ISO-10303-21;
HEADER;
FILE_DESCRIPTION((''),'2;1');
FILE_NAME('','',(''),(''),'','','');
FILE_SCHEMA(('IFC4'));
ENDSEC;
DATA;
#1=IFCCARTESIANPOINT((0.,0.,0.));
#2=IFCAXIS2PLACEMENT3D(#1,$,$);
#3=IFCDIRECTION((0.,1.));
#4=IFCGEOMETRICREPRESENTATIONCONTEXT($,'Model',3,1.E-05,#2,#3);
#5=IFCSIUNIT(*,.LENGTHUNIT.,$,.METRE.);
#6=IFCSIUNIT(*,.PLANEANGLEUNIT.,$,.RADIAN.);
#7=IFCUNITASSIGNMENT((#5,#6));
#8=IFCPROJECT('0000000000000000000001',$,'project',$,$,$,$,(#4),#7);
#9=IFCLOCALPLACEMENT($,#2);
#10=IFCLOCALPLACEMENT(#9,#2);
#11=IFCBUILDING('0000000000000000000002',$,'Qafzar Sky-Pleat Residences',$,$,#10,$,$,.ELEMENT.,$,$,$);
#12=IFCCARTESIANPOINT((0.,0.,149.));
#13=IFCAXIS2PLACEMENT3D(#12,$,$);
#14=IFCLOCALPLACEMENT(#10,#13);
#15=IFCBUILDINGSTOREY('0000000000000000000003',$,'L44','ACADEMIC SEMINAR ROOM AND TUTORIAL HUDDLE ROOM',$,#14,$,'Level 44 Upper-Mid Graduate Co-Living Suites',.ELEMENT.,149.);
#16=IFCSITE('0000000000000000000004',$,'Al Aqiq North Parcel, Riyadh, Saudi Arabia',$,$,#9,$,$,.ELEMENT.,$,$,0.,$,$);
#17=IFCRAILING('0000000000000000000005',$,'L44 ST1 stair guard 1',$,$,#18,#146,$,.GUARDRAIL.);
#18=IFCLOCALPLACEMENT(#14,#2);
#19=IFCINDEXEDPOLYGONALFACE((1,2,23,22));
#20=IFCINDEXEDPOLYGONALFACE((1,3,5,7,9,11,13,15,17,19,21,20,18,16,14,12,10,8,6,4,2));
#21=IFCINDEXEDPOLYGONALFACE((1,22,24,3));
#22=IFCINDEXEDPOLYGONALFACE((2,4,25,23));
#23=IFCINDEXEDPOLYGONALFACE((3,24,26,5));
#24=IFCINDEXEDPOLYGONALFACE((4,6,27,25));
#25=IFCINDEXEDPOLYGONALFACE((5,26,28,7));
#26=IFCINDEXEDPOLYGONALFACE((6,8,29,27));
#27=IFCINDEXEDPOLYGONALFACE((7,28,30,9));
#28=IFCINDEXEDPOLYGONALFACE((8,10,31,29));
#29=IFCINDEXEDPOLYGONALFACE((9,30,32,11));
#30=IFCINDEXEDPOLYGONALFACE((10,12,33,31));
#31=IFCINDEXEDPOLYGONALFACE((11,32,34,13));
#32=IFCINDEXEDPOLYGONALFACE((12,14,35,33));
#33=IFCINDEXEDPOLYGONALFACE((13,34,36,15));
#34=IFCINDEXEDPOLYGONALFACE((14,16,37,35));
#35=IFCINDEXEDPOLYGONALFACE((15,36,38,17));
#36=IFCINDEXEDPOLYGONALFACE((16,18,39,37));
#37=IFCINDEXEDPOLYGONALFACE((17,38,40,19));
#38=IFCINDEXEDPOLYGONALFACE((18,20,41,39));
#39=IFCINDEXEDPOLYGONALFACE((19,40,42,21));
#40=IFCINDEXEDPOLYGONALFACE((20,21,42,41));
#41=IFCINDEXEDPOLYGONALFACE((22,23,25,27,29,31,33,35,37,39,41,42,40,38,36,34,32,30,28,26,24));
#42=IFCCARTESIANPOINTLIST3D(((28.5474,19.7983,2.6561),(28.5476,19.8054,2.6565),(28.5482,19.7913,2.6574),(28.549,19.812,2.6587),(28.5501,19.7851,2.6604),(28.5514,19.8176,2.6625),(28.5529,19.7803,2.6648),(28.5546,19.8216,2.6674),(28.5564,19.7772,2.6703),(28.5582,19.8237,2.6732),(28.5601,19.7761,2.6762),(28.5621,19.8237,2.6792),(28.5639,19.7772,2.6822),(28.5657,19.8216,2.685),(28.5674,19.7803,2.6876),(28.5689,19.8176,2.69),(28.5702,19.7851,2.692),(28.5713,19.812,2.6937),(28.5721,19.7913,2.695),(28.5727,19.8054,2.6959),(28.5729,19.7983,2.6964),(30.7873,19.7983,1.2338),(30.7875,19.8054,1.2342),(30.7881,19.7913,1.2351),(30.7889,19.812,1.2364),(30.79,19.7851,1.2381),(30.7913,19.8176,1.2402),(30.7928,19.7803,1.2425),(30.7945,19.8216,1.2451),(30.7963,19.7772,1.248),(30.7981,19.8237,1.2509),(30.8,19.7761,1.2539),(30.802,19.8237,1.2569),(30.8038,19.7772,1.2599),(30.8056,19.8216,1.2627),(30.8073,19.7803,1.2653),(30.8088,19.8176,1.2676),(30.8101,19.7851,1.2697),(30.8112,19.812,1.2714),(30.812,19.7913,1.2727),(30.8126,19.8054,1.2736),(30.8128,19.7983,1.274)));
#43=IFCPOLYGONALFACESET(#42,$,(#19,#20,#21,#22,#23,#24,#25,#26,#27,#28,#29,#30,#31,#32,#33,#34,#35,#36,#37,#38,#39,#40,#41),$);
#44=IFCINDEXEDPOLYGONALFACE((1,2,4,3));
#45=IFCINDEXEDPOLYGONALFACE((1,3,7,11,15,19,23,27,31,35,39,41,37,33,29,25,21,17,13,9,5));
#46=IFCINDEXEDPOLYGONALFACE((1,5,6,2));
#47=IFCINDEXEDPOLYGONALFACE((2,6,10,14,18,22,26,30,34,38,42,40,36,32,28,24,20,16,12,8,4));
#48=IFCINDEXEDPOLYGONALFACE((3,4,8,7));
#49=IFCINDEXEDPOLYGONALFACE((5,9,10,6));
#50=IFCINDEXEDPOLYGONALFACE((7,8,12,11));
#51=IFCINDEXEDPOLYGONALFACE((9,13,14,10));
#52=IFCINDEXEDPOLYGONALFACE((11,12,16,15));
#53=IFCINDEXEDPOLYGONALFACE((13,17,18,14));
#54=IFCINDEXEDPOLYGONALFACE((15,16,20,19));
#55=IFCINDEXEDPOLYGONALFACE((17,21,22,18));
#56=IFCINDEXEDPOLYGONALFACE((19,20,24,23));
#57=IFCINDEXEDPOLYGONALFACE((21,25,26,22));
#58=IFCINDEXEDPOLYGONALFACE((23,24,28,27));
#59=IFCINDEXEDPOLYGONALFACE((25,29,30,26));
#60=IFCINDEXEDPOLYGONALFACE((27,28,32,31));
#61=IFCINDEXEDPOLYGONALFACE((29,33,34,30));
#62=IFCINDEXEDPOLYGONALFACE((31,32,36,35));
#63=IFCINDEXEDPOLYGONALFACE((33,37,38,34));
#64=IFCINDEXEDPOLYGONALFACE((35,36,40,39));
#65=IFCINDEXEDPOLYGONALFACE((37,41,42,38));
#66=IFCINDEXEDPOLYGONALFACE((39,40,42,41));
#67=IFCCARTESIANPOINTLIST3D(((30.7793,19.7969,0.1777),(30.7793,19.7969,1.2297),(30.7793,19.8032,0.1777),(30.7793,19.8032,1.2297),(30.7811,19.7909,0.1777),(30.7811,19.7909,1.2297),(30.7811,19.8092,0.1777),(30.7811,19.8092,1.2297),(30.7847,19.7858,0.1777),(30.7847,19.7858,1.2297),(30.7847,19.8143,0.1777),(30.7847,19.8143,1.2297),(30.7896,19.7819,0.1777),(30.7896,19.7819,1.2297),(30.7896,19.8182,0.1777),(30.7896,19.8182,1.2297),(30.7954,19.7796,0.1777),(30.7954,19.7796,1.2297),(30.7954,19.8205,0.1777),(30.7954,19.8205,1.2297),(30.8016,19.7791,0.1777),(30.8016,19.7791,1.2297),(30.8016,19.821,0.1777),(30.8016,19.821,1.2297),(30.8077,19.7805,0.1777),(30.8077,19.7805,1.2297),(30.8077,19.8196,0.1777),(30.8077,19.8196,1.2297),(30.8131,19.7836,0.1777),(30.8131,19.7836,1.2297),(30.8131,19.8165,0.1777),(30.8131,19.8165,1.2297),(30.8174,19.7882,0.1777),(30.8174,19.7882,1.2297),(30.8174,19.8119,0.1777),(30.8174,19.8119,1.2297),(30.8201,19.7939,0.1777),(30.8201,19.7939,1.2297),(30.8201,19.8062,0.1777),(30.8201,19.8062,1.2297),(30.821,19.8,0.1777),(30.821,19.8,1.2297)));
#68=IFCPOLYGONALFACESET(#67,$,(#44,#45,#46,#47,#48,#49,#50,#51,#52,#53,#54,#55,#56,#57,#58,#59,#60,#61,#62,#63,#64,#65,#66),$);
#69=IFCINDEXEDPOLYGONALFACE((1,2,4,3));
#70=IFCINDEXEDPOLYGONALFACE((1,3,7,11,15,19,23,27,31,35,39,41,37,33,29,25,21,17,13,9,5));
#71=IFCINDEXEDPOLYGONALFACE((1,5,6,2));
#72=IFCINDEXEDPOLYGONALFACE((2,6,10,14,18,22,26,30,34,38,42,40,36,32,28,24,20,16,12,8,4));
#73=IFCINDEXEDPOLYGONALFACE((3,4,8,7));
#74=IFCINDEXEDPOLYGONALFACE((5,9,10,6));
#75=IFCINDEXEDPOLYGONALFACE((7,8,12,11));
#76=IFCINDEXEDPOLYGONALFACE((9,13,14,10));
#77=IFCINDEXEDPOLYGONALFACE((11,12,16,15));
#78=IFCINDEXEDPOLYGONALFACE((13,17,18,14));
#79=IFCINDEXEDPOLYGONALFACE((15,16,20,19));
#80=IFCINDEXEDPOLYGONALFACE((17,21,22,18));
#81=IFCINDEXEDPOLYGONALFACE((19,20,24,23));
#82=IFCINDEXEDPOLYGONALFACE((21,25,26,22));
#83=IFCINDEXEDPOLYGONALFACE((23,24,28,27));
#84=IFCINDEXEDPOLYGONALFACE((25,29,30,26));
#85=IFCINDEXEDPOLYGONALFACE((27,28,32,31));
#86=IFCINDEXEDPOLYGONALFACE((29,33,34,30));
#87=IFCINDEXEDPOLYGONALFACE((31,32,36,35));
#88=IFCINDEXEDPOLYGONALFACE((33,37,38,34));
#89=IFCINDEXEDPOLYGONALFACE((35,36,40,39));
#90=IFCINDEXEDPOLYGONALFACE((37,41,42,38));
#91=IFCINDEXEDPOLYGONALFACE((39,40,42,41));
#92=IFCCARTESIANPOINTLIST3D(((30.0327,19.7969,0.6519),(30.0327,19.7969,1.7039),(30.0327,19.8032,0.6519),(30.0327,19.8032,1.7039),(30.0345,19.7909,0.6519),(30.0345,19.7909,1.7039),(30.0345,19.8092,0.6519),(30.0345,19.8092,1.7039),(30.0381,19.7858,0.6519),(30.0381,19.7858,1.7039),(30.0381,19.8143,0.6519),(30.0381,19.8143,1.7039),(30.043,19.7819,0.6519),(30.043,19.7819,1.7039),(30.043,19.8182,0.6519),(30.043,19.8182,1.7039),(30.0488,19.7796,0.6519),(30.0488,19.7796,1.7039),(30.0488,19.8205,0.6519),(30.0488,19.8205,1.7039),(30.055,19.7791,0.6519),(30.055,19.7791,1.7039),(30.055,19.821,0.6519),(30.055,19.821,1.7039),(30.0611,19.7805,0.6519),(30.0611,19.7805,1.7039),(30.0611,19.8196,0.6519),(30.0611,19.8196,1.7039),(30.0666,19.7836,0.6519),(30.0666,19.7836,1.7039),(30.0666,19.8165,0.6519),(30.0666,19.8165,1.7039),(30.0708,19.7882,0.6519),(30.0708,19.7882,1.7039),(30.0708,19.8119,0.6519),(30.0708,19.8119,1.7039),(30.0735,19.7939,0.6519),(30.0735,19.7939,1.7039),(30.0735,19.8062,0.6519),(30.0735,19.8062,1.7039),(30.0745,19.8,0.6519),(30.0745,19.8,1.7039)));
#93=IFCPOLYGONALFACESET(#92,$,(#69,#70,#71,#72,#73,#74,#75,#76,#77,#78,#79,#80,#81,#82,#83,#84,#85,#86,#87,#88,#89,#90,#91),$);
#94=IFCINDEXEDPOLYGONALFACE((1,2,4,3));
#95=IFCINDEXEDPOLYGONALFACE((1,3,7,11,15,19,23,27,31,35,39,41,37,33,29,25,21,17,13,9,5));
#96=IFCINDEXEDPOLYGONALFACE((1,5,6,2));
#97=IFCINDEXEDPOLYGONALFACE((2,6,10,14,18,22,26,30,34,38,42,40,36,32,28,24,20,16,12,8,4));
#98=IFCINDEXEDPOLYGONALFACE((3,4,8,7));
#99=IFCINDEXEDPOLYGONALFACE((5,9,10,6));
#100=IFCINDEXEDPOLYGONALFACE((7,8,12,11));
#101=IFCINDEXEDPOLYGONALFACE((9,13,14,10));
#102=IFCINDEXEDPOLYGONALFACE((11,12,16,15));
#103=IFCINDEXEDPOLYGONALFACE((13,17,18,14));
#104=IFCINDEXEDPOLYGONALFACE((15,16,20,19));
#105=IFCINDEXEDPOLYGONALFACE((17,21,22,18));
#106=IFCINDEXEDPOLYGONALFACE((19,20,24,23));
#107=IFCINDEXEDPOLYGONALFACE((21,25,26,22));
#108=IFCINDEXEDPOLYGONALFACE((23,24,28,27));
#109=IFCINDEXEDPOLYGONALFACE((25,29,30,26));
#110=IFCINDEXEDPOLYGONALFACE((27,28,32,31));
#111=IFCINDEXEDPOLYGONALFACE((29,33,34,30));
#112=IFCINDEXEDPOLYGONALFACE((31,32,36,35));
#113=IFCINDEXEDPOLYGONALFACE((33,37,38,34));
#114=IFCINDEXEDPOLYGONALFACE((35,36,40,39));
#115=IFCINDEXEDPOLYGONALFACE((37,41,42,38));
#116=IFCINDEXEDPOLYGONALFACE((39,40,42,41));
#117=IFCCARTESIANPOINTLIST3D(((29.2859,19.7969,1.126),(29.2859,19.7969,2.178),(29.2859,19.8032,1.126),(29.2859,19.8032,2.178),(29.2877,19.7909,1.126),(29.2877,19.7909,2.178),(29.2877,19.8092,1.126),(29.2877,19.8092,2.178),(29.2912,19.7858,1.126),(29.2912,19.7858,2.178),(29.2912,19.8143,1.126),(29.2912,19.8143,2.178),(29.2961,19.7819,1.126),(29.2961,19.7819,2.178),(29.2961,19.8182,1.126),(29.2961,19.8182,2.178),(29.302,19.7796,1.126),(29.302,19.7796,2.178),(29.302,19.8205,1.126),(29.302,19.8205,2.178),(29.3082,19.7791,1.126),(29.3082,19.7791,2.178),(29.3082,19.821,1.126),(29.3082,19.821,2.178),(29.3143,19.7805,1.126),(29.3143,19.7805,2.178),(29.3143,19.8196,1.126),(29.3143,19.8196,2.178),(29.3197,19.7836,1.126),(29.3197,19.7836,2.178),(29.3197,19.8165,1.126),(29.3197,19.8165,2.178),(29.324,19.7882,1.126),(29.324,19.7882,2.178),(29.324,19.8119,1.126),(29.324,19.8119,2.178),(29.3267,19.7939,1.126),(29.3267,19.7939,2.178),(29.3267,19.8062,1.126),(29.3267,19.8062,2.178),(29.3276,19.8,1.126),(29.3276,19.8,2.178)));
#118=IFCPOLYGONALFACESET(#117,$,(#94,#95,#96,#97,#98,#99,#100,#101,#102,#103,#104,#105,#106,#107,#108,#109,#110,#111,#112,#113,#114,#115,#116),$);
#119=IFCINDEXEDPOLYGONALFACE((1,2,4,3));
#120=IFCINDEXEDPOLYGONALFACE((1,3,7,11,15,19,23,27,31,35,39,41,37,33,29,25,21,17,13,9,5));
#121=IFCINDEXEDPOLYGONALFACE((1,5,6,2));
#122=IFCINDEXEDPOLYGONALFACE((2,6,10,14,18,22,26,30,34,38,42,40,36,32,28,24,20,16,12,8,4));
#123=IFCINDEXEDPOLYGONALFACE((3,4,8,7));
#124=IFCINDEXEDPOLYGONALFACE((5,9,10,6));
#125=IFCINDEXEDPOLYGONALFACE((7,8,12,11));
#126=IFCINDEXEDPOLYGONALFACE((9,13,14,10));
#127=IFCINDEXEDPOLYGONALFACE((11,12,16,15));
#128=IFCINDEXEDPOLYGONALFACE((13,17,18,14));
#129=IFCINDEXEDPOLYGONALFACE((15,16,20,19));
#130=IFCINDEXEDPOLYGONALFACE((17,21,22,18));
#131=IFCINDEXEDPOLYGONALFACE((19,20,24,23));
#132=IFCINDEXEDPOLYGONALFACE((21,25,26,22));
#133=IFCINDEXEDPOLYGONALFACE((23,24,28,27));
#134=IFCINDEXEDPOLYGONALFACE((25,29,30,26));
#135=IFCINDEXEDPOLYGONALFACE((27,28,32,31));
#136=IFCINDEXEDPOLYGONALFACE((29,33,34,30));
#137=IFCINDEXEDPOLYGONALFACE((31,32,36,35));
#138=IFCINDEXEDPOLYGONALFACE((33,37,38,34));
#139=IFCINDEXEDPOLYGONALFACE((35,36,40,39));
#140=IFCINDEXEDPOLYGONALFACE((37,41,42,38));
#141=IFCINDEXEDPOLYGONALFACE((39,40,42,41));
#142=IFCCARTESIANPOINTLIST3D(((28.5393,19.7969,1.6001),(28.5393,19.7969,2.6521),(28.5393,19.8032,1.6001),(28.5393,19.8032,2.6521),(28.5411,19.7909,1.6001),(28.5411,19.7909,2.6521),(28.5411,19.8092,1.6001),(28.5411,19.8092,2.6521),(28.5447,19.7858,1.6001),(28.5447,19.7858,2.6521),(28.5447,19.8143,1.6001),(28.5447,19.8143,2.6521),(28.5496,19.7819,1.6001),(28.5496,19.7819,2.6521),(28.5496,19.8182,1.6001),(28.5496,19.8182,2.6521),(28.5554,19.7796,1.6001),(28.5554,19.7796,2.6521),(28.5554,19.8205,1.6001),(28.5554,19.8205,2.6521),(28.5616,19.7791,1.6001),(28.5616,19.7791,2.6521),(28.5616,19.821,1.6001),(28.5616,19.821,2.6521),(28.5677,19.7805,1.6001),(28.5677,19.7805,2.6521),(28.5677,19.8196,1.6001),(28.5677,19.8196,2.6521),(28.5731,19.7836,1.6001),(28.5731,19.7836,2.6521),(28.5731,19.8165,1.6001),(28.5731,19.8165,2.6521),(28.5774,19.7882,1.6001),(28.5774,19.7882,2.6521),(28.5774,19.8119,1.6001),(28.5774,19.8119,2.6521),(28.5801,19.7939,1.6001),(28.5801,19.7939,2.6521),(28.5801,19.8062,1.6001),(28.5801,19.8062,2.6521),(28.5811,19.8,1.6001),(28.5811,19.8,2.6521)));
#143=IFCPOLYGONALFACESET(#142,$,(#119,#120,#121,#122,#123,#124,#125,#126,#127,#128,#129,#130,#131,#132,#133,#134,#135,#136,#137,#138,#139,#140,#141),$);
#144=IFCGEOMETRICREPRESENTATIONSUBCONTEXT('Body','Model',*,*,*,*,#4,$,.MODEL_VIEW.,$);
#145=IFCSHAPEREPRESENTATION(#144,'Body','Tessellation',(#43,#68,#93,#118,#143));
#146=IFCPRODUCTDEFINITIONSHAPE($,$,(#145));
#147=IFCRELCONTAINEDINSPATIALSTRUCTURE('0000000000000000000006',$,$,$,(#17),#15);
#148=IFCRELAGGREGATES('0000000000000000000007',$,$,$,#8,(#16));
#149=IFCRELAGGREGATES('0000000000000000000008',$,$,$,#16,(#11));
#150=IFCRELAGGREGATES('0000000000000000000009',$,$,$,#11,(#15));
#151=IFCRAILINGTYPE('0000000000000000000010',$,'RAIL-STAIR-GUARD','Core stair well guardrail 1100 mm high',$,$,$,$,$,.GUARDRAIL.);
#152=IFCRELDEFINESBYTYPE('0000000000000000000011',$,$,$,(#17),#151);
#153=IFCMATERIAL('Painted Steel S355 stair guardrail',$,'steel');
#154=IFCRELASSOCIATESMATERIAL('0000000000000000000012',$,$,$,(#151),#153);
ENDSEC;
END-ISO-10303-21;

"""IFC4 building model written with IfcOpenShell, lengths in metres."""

from ifc_helpers import new_model, si_unit, direction, frame, origin, origin_2d, place, context, subcontext, project, spatial, circle, extrude, source, transform, mapped, material, type_object, element, save


model = new_model("IFC4")

# Units and contexts
model_context = context("Model", 3, precision=1e-05, world=origin(), true_north=direction((0.0, 1.0)))
body_context = subcontext(model_context, "Body", "Model", "MODEL_VIEW")
ifc_project = project(units=[si_unit("LENGTHUNIT", "METRE"), si_unit("PLANEANGLEUNIT", "RADIAN")], contexts=[model_context])

# Site, building, storey
site_placement = place(None, origin())
site = spatial("IfcSite", under=ifc_project, at=site_placement, Name="Al Aqiq North Parcel, Riyadh, Saudi Arabia", CompositionType="ELEMENT", RefElevation=0.0)
building_placement = place(site_placement, origin())
building = spatial("IfcBuilding", under=site, at=building_placement, Name="Qafzar Sky-Pleat Residences", CompositionType="ELEMENT")
storey_placement = place(building_placement, frame((0.0, 0.0, 149.0)))
storey = spatial("IfcBuildingStorey", under=building, at=storey_placement, Name="L44", Description="ACADEMIC SEMINAR ROOM AND TUTORIAL HUDDLE ROOM", LongName="Level 44 Upper-Mid Graduate Co-Living Suites", CompositionType="ELEMENT", Elevation=149.0)

# Railing
ifc_material_1 = material(Name="Painted Steel S355 stair guardrail", Category="steel")
railing_type_1 = type_object("IfcRailingType", Name="RAIL-STAIR-GUARD", Description="Core stair well guardrail 1100 mm high", PredefinedType="GUARDRAIL", material=ifc_material_1)
shared_shape_1 = source(origin(), body_context, "Body", "SweptSolid", [
    extrude(circle(Radius=0.0239, at=origin_2d()), frame((0.0, 0.0, 1.0762), z_axis=(-0.844188, 0.0, 0.536048), x_axis=(0.0, -1.0, 0.0)), (0.0, 0.0, 1.0), 2.6533),
    extrude(circle(Radius=0.021, at=origin_2d()), origin(), (0.0, 0.0, 1.0), 1.052),
    extrude(circle(Radius=0.021, at=origin_2d()), frame((-0.7466, 0.0, 0.4741)), (0.0, 0.0, 1.0), 1.052),
    extrude(circle(Radius=0.021, at=origin_2d()), frame((-1.4934, 0.0, 0.9482)), (0.0, 0.0, 1.0), 1.052),
    extrude(circle(Radius=0.021, at=origin_2d()), frame((-2.24, 0.0, 1.4224)), (0.0, 0.0, 1.0), 1.052),
])
railing_1_placement = place(storey_placement, frame((30.8, 19.8, 0.1777)))
element("IfcRailing", 1, at=railing_1_placement, inside=storey, type_object=railing_type_1, Name="L44 ST1 stair guard 1", PredefinedType="GUARDRAIL", context=body_context, shape_type="MappedRepresentation", body=[
    mapped(shared_shape_1, transform((0.0, 0.0, 0.0), x_axis=(1.0, 0.0, 0.0), y_axis=(0.0, 1.0, 0.0), z_axis=(0.0, 0.0, 1.0), scale=1.0)),
])

save(model, "model.ifc")
